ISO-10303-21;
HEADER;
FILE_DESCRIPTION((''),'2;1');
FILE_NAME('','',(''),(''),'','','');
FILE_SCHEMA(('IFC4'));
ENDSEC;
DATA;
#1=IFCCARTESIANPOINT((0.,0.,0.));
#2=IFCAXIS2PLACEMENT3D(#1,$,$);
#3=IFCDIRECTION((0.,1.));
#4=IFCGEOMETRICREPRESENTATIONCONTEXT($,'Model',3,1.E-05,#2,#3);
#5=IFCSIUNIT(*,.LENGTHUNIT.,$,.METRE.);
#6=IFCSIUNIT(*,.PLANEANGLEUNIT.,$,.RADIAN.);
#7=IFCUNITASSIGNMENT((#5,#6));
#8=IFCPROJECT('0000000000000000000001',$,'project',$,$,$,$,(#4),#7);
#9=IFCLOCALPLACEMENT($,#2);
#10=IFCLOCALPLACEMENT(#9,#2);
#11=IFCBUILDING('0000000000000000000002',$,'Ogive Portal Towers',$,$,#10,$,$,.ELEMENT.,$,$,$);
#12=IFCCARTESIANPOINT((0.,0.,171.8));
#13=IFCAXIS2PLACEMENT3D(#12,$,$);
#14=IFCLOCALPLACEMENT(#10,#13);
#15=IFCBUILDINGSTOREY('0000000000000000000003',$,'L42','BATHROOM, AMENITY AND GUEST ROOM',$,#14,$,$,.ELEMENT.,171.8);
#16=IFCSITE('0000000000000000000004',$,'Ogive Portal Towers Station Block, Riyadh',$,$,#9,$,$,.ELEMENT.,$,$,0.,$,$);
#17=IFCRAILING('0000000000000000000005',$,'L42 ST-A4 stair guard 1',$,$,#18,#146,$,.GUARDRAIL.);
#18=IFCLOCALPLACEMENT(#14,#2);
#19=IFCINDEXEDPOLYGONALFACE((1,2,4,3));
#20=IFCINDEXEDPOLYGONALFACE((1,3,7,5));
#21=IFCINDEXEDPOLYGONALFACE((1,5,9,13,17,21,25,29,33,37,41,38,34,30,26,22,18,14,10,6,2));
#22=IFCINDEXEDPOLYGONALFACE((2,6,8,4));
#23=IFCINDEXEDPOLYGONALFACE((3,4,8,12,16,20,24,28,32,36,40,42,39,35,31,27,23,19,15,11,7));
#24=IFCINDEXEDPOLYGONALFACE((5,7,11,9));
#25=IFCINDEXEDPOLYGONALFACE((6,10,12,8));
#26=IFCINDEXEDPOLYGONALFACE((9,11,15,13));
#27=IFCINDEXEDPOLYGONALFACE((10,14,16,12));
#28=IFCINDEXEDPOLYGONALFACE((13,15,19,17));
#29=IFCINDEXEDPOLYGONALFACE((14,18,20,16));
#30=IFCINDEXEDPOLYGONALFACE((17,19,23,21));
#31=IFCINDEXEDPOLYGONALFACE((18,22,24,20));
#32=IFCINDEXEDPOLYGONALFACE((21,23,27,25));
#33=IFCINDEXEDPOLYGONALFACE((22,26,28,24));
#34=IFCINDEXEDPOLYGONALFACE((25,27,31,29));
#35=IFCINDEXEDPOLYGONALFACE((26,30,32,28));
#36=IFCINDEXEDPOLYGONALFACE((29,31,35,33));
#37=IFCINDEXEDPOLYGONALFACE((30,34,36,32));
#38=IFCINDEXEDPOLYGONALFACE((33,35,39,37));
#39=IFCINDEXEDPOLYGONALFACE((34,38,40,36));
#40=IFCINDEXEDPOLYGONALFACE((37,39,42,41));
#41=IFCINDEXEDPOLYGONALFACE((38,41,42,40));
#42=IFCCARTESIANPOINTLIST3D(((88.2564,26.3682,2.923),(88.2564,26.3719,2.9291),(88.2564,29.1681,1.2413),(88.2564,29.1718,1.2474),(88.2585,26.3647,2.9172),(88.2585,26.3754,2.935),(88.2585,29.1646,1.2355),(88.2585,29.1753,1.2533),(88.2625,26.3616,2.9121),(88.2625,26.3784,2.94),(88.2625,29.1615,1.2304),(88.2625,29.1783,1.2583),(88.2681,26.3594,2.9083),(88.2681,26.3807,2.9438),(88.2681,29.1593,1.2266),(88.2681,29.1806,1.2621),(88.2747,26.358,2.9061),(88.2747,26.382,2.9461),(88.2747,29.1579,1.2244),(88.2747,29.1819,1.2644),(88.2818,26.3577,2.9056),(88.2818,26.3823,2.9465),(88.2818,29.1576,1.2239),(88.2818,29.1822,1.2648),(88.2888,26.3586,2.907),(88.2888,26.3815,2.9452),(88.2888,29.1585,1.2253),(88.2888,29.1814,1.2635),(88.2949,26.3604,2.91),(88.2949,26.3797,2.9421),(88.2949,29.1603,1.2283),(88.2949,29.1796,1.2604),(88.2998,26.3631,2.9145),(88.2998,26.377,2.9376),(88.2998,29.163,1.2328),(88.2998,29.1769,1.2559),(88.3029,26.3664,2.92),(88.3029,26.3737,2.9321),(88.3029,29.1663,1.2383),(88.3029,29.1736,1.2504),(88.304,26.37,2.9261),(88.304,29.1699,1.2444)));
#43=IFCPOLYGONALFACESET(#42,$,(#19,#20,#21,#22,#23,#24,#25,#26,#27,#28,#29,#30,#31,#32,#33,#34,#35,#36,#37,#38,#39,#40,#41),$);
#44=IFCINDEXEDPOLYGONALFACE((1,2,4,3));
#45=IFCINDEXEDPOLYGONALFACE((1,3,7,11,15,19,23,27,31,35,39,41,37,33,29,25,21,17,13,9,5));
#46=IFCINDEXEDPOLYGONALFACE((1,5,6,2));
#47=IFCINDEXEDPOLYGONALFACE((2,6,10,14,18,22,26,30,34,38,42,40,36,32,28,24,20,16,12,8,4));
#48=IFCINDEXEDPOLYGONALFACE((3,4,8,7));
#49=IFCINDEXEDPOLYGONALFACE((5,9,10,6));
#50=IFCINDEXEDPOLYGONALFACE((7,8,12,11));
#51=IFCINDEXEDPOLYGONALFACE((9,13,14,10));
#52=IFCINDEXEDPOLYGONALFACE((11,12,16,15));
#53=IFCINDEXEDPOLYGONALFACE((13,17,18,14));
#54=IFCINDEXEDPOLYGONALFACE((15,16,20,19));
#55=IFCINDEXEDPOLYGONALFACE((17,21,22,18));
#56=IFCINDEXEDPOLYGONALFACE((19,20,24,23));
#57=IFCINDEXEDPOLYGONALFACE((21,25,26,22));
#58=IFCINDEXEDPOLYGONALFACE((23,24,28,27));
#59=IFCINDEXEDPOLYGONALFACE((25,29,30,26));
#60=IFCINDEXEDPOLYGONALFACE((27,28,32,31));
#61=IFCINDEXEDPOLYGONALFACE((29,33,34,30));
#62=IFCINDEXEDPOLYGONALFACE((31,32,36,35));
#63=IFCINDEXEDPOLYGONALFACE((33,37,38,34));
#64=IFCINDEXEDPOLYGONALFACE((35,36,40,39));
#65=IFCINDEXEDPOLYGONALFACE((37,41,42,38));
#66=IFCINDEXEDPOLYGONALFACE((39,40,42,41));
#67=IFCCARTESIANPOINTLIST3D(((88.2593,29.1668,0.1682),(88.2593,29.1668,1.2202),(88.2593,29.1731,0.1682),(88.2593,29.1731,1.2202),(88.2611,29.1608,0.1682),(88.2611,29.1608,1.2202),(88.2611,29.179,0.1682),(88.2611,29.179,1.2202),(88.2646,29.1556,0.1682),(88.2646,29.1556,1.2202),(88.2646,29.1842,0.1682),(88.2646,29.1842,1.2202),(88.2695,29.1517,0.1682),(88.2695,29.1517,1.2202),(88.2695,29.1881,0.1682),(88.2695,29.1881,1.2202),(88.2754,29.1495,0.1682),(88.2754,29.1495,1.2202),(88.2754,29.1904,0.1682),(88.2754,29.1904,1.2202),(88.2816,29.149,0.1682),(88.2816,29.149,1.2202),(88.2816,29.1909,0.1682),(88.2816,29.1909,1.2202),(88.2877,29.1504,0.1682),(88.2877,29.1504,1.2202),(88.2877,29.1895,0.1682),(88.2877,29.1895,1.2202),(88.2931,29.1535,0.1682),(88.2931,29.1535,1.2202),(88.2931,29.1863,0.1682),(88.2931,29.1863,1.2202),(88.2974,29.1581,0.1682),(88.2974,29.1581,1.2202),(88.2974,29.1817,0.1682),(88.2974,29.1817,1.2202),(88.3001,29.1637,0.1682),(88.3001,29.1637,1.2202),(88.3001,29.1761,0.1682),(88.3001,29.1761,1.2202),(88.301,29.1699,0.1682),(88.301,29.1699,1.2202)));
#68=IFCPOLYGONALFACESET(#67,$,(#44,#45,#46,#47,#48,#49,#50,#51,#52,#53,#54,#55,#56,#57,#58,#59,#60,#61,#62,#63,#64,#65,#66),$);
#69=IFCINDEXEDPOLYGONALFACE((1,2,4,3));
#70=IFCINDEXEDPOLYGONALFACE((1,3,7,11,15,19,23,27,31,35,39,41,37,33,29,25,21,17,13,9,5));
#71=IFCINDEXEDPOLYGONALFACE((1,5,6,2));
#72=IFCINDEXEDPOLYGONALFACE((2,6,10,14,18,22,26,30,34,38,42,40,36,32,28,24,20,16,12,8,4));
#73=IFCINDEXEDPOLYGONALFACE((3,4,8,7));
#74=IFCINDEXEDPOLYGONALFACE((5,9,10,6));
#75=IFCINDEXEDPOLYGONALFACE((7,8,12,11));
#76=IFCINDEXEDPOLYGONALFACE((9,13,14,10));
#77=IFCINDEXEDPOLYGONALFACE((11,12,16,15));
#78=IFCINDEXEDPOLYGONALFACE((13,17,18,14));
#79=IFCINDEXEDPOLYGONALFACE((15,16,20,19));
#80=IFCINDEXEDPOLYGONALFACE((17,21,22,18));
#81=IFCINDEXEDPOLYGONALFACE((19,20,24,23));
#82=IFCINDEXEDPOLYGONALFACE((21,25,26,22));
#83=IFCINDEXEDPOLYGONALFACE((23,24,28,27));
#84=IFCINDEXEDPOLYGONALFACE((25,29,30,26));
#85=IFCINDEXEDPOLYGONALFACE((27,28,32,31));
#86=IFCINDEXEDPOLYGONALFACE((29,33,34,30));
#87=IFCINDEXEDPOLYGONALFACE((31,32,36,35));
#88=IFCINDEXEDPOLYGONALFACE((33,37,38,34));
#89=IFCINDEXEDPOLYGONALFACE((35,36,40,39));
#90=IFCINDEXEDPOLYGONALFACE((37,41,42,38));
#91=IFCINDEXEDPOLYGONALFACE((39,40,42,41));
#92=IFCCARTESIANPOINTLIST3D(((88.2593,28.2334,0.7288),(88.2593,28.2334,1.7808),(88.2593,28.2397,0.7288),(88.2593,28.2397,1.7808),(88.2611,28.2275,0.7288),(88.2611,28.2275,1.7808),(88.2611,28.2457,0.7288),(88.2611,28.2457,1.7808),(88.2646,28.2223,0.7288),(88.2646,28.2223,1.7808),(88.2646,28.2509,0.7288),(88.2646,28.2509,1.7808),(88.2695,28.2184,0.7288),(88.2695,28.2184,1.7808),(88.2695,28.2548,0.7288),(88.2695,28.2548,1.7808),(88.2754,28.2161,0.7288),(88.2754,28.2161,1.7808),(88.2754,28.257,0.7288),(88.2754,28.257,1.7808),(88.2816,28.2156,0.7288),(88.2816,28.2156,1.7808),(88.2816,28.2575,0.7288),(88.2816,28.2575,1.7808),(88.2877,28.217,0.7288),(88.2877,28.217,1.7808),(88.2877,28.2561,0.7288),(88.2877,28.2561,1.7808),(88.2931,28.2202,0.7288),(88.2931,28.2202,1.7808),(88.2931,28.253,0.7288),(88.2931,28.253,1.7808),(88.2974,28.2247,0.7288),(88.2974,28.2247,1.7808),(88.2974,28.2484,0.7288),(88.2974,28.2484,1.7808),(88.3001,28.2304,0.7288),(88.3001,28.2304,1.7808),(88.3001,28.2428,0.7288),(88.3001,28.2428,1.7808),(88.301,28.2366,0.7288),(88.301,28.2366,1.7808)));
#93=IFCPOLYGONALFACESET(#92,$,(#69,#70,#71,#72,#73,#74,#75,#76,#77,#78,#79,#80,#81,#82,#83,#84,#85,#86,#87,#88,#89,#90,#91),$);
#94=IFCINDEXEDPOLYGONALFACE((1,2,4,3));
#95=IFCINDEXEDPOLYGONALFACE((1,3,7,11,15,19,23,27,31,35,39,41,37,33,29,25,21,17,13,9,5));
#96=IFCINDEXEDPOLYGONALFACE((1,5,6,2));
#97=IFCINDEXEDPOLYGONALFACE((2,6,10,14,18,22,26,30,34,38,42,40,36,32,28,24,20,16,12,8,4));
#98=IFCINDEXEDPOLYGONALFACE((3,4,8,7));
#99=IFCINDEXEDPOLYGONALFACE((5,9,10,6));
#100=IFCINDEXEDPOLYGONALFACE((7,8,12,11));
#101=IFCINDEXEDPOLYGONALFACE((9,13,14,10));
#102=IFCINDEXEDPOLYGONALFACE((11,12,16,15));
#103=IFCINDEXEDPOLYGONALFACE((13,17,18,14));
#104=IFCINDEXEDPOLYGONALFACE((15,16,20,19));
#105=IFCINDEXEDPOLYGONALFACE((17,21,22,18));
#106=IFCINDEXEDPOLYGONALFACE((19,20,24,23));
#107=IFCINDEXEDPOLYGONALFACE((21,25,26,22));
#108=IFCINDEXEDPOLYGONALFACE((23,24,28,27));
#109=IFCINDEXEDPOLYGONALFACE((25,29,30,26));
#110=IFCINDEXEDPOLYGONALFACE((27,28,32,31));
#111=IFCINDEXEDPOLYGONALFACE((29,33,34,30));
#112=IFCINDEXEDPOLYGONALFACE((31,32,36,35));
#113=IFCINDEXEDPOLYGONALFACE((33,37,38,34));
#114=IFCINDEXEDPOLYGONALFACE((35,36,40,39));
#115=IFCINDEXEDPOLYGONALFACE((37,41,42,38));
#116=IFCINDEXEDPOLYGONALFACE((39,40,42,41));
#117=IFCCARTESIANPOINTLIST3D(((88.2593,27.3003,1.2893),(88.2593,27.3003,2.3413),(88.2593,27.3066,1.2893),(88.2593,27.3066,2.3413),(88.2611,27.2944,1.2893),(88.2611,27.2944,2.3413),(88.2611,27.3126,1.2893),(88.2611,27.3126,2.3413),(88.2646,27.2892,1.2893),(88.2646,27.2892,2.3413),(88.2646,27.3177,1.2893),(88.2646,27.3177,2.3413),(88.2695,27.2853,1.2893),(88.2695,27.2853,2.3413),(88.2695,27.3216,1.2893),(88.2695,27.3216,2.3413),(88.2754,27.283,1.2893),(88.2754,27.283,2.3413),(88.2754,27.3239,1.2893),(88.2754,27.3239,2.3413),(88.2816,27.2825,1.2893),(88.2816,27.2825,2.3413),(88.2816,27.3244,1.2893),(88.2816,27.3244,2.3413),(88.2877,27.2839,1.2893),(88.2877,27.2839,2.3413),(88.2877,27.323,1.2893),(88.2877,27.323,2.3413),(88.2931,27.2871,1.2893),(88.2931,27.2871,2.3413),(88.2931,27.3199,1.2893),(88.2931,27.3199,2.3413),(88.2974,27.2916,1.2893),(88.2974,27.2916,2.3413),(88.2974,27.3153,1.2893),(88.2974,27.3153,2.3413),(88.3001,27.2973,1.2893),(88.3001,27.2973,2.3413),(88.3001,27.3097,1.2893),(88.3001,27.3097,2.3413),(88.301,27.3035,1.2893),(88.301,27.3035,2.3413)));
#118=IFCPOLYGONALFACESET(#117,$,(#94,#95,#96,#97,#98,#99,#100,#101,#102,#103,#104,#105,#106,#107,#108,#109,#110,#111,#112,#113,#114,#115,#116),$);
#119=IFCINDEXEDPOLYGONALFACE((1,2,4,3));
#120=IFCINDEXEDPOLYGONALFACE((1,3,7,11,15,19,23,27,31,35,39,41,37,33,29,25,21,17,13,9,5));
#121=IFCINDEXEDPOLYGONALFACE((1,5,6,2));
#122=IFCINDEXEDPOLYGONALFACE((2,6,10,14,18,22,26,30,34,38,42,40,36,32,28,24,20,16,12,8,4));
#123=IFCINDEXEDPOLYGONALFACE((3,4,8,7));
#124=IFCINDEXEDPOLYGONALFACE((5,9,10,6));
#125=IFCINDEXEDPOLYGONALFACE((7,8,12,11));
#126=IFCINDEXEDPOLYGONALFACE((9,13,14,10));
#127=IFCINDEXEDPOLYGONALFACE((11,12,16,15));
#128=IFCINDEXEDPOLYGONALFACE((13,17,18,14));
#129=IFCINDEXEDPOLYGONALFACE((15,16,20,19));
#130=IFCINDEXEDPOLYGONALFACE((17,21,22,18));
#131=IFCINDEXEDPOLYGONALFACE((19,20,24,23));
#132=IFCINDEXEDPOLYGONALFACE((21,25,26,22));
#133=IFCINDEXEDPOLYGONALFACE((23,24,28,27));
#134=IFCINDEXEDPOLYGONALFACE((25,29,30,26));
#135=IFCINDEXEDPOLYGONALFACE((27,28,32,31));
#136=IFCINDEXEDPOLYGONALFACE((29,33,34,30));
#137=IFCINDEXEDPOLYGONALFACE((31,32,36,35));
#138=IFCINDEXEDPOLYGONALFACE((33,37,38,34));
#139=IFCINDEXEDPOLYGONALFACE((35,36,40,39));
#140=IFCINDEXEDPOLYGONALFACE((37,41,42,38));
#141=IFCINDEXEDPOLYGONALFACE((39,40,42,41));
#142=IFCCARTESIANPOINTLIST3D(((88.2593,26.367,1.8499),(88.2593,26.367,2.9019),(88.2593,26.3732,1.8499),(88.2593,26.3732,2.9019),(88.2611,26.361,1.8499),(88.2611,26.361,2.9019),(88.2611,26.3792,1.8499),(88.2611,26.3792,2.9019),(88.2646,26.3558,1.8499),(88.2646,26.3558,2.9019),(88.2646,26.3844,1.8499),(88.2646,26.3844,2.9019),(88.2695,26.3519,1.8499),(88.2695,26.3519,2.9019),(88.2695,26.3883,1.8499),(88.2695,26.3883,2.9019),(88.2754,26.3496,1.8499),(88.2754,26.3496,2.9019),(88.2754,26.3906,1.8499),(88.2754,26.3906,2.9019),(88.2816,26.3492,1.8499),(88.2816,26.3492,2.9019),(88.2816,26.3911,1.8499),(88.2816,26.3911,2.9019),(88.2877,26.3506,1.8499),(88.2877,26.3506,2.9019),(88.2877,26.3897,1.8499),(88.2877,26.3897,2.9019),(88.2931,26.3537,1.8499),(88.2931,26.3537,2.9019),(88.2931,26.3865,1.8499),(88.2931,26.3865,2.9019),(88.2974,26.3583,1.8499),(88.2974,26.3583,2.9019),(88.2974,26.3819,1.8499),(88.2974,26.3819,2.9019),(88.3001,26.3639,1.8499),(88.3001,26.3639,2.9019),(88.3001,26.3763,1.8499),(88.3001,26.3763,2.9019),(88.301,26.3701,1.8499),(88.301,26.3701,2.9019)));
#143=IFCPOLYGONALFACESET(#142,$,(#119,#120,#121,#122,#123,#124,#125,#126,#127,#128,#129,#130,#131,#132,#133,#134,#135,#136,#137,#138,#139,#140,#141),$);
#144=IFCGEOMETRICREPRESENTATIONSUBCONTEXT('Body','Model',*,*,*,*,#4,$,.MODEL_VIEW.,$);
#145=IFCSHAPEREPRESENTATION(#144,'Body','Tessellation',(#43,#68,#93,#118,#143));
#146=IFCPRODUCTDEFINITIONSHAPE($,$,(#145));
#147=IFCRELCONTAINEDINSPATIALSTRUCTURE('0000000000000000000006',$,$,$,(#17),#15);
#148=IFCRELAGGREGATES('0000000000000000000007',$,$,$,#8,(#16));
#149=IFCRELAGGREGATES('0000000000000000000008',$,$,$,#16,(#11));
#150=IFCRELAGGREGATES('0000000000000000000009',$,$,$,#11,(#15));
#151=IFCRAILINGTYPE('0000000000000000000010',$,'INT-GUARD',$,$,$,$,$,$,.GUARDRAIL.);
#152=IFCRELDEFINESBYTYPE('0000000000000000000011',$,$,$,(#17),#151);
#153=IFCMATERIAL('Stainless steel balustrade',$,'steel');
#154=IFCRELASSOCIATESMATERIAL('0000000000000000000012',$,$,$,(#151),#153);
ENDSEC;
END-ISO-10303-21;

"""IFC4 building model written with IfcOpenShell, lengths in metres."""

from ifc_helpers import new_model, si_unit, direction, frame, origin, origin_2d, place, context, subcontext, project, spatial, circle, extrude, material, type_object, element, save


model = new_model("IFC4")

# Units and contexts
model_context = context("Model", 3, precision=1e-05, world=origin(), true_north=direction((0.0, 1.0)))
body_context = subcontext(model_context, "Body", "Model", "MODEL_VIEW")
ifc_project = project(units=[si_unit("LENGTHUNIT", "METRE"), si_unit("PLANEANGLEUNIT", "RADIAN")], contexts=[model_context])

# Site, building, storey
site_placement = place(None, origin())
site = spatial("IfcSite", under=ifc_project, at=site_placement, Name="Ogive Portal Towers Station Block, Riyadh", CompositionType="ELEMENT", RefElevation=0.0)
building_placement = place(site_placement, origin())
building = spatial("IfcBuilding", under=site, at=building_placement, Name="Ogive Portal Towers", CompositionType="ELEMENT")
storey_placement = place(building_placement, frame((0.0, 0.0, 171.8)))
storey = spatial("IfcBuildingStorey", under=building, at=storey_placement, Name="L42", Description="BATHROOM, AMENITY AND GUEST ROOM", CompositionType="ELEMENT", Elevation=171.8)

# Railing
ifc_material_1 = material(Name="Stainless steel balustrade", Category="steel")
railing_type_1 = type_object("IfcRailingType", Name="INT-GUARD", PredefinedType="GUARDRAIL", material=ifc_material_1)
railing_1_placement = place(storey_placement, frame((88.28, 29.1699, 0.1682)))
element("IfcRailing", 1, at=railing_1_placement, inside=storey, type_object=railing_type_1, Name="L42 ST-A4 stair guard 1", PredefinedType="GUARDRAIL", context=body_context, shape_type="SweptSolid", body=[
    extrude(circle(Radius=0.0239, at=origin_2d()), frame((0.0, 0.0, 1.0762), z_axis=(0.0, -0.857255, 0.514891), x_axis=(1.0, 0.0, 0.0)), (0.0, 0.0, 1.0), 3.2661),
    extrude(circle(Radius=0.021, at=origin_2d()), origin(), (0.0, 0.0, 1.0), 1.052),
    extrude(circle(Radius=0.021, at=origin_2d()), frame((0.0, -0.9333, 0.5605)), (0.0, 0.0, 1.0), 1.052),
    extrude(circle(Radius=0.021, at=origin_2d()), frame((0.0, -1.8665, 1.1211)), (0.0, 0.0, 1.0), 1.052),
    extrude(circle(Radius=0.021, at=origin_2d()), frame((0.0, -2.7998, 1.6816)), (0.0, 0.0, 1.0), 1.052),
])

save(model, "model.ifc")
